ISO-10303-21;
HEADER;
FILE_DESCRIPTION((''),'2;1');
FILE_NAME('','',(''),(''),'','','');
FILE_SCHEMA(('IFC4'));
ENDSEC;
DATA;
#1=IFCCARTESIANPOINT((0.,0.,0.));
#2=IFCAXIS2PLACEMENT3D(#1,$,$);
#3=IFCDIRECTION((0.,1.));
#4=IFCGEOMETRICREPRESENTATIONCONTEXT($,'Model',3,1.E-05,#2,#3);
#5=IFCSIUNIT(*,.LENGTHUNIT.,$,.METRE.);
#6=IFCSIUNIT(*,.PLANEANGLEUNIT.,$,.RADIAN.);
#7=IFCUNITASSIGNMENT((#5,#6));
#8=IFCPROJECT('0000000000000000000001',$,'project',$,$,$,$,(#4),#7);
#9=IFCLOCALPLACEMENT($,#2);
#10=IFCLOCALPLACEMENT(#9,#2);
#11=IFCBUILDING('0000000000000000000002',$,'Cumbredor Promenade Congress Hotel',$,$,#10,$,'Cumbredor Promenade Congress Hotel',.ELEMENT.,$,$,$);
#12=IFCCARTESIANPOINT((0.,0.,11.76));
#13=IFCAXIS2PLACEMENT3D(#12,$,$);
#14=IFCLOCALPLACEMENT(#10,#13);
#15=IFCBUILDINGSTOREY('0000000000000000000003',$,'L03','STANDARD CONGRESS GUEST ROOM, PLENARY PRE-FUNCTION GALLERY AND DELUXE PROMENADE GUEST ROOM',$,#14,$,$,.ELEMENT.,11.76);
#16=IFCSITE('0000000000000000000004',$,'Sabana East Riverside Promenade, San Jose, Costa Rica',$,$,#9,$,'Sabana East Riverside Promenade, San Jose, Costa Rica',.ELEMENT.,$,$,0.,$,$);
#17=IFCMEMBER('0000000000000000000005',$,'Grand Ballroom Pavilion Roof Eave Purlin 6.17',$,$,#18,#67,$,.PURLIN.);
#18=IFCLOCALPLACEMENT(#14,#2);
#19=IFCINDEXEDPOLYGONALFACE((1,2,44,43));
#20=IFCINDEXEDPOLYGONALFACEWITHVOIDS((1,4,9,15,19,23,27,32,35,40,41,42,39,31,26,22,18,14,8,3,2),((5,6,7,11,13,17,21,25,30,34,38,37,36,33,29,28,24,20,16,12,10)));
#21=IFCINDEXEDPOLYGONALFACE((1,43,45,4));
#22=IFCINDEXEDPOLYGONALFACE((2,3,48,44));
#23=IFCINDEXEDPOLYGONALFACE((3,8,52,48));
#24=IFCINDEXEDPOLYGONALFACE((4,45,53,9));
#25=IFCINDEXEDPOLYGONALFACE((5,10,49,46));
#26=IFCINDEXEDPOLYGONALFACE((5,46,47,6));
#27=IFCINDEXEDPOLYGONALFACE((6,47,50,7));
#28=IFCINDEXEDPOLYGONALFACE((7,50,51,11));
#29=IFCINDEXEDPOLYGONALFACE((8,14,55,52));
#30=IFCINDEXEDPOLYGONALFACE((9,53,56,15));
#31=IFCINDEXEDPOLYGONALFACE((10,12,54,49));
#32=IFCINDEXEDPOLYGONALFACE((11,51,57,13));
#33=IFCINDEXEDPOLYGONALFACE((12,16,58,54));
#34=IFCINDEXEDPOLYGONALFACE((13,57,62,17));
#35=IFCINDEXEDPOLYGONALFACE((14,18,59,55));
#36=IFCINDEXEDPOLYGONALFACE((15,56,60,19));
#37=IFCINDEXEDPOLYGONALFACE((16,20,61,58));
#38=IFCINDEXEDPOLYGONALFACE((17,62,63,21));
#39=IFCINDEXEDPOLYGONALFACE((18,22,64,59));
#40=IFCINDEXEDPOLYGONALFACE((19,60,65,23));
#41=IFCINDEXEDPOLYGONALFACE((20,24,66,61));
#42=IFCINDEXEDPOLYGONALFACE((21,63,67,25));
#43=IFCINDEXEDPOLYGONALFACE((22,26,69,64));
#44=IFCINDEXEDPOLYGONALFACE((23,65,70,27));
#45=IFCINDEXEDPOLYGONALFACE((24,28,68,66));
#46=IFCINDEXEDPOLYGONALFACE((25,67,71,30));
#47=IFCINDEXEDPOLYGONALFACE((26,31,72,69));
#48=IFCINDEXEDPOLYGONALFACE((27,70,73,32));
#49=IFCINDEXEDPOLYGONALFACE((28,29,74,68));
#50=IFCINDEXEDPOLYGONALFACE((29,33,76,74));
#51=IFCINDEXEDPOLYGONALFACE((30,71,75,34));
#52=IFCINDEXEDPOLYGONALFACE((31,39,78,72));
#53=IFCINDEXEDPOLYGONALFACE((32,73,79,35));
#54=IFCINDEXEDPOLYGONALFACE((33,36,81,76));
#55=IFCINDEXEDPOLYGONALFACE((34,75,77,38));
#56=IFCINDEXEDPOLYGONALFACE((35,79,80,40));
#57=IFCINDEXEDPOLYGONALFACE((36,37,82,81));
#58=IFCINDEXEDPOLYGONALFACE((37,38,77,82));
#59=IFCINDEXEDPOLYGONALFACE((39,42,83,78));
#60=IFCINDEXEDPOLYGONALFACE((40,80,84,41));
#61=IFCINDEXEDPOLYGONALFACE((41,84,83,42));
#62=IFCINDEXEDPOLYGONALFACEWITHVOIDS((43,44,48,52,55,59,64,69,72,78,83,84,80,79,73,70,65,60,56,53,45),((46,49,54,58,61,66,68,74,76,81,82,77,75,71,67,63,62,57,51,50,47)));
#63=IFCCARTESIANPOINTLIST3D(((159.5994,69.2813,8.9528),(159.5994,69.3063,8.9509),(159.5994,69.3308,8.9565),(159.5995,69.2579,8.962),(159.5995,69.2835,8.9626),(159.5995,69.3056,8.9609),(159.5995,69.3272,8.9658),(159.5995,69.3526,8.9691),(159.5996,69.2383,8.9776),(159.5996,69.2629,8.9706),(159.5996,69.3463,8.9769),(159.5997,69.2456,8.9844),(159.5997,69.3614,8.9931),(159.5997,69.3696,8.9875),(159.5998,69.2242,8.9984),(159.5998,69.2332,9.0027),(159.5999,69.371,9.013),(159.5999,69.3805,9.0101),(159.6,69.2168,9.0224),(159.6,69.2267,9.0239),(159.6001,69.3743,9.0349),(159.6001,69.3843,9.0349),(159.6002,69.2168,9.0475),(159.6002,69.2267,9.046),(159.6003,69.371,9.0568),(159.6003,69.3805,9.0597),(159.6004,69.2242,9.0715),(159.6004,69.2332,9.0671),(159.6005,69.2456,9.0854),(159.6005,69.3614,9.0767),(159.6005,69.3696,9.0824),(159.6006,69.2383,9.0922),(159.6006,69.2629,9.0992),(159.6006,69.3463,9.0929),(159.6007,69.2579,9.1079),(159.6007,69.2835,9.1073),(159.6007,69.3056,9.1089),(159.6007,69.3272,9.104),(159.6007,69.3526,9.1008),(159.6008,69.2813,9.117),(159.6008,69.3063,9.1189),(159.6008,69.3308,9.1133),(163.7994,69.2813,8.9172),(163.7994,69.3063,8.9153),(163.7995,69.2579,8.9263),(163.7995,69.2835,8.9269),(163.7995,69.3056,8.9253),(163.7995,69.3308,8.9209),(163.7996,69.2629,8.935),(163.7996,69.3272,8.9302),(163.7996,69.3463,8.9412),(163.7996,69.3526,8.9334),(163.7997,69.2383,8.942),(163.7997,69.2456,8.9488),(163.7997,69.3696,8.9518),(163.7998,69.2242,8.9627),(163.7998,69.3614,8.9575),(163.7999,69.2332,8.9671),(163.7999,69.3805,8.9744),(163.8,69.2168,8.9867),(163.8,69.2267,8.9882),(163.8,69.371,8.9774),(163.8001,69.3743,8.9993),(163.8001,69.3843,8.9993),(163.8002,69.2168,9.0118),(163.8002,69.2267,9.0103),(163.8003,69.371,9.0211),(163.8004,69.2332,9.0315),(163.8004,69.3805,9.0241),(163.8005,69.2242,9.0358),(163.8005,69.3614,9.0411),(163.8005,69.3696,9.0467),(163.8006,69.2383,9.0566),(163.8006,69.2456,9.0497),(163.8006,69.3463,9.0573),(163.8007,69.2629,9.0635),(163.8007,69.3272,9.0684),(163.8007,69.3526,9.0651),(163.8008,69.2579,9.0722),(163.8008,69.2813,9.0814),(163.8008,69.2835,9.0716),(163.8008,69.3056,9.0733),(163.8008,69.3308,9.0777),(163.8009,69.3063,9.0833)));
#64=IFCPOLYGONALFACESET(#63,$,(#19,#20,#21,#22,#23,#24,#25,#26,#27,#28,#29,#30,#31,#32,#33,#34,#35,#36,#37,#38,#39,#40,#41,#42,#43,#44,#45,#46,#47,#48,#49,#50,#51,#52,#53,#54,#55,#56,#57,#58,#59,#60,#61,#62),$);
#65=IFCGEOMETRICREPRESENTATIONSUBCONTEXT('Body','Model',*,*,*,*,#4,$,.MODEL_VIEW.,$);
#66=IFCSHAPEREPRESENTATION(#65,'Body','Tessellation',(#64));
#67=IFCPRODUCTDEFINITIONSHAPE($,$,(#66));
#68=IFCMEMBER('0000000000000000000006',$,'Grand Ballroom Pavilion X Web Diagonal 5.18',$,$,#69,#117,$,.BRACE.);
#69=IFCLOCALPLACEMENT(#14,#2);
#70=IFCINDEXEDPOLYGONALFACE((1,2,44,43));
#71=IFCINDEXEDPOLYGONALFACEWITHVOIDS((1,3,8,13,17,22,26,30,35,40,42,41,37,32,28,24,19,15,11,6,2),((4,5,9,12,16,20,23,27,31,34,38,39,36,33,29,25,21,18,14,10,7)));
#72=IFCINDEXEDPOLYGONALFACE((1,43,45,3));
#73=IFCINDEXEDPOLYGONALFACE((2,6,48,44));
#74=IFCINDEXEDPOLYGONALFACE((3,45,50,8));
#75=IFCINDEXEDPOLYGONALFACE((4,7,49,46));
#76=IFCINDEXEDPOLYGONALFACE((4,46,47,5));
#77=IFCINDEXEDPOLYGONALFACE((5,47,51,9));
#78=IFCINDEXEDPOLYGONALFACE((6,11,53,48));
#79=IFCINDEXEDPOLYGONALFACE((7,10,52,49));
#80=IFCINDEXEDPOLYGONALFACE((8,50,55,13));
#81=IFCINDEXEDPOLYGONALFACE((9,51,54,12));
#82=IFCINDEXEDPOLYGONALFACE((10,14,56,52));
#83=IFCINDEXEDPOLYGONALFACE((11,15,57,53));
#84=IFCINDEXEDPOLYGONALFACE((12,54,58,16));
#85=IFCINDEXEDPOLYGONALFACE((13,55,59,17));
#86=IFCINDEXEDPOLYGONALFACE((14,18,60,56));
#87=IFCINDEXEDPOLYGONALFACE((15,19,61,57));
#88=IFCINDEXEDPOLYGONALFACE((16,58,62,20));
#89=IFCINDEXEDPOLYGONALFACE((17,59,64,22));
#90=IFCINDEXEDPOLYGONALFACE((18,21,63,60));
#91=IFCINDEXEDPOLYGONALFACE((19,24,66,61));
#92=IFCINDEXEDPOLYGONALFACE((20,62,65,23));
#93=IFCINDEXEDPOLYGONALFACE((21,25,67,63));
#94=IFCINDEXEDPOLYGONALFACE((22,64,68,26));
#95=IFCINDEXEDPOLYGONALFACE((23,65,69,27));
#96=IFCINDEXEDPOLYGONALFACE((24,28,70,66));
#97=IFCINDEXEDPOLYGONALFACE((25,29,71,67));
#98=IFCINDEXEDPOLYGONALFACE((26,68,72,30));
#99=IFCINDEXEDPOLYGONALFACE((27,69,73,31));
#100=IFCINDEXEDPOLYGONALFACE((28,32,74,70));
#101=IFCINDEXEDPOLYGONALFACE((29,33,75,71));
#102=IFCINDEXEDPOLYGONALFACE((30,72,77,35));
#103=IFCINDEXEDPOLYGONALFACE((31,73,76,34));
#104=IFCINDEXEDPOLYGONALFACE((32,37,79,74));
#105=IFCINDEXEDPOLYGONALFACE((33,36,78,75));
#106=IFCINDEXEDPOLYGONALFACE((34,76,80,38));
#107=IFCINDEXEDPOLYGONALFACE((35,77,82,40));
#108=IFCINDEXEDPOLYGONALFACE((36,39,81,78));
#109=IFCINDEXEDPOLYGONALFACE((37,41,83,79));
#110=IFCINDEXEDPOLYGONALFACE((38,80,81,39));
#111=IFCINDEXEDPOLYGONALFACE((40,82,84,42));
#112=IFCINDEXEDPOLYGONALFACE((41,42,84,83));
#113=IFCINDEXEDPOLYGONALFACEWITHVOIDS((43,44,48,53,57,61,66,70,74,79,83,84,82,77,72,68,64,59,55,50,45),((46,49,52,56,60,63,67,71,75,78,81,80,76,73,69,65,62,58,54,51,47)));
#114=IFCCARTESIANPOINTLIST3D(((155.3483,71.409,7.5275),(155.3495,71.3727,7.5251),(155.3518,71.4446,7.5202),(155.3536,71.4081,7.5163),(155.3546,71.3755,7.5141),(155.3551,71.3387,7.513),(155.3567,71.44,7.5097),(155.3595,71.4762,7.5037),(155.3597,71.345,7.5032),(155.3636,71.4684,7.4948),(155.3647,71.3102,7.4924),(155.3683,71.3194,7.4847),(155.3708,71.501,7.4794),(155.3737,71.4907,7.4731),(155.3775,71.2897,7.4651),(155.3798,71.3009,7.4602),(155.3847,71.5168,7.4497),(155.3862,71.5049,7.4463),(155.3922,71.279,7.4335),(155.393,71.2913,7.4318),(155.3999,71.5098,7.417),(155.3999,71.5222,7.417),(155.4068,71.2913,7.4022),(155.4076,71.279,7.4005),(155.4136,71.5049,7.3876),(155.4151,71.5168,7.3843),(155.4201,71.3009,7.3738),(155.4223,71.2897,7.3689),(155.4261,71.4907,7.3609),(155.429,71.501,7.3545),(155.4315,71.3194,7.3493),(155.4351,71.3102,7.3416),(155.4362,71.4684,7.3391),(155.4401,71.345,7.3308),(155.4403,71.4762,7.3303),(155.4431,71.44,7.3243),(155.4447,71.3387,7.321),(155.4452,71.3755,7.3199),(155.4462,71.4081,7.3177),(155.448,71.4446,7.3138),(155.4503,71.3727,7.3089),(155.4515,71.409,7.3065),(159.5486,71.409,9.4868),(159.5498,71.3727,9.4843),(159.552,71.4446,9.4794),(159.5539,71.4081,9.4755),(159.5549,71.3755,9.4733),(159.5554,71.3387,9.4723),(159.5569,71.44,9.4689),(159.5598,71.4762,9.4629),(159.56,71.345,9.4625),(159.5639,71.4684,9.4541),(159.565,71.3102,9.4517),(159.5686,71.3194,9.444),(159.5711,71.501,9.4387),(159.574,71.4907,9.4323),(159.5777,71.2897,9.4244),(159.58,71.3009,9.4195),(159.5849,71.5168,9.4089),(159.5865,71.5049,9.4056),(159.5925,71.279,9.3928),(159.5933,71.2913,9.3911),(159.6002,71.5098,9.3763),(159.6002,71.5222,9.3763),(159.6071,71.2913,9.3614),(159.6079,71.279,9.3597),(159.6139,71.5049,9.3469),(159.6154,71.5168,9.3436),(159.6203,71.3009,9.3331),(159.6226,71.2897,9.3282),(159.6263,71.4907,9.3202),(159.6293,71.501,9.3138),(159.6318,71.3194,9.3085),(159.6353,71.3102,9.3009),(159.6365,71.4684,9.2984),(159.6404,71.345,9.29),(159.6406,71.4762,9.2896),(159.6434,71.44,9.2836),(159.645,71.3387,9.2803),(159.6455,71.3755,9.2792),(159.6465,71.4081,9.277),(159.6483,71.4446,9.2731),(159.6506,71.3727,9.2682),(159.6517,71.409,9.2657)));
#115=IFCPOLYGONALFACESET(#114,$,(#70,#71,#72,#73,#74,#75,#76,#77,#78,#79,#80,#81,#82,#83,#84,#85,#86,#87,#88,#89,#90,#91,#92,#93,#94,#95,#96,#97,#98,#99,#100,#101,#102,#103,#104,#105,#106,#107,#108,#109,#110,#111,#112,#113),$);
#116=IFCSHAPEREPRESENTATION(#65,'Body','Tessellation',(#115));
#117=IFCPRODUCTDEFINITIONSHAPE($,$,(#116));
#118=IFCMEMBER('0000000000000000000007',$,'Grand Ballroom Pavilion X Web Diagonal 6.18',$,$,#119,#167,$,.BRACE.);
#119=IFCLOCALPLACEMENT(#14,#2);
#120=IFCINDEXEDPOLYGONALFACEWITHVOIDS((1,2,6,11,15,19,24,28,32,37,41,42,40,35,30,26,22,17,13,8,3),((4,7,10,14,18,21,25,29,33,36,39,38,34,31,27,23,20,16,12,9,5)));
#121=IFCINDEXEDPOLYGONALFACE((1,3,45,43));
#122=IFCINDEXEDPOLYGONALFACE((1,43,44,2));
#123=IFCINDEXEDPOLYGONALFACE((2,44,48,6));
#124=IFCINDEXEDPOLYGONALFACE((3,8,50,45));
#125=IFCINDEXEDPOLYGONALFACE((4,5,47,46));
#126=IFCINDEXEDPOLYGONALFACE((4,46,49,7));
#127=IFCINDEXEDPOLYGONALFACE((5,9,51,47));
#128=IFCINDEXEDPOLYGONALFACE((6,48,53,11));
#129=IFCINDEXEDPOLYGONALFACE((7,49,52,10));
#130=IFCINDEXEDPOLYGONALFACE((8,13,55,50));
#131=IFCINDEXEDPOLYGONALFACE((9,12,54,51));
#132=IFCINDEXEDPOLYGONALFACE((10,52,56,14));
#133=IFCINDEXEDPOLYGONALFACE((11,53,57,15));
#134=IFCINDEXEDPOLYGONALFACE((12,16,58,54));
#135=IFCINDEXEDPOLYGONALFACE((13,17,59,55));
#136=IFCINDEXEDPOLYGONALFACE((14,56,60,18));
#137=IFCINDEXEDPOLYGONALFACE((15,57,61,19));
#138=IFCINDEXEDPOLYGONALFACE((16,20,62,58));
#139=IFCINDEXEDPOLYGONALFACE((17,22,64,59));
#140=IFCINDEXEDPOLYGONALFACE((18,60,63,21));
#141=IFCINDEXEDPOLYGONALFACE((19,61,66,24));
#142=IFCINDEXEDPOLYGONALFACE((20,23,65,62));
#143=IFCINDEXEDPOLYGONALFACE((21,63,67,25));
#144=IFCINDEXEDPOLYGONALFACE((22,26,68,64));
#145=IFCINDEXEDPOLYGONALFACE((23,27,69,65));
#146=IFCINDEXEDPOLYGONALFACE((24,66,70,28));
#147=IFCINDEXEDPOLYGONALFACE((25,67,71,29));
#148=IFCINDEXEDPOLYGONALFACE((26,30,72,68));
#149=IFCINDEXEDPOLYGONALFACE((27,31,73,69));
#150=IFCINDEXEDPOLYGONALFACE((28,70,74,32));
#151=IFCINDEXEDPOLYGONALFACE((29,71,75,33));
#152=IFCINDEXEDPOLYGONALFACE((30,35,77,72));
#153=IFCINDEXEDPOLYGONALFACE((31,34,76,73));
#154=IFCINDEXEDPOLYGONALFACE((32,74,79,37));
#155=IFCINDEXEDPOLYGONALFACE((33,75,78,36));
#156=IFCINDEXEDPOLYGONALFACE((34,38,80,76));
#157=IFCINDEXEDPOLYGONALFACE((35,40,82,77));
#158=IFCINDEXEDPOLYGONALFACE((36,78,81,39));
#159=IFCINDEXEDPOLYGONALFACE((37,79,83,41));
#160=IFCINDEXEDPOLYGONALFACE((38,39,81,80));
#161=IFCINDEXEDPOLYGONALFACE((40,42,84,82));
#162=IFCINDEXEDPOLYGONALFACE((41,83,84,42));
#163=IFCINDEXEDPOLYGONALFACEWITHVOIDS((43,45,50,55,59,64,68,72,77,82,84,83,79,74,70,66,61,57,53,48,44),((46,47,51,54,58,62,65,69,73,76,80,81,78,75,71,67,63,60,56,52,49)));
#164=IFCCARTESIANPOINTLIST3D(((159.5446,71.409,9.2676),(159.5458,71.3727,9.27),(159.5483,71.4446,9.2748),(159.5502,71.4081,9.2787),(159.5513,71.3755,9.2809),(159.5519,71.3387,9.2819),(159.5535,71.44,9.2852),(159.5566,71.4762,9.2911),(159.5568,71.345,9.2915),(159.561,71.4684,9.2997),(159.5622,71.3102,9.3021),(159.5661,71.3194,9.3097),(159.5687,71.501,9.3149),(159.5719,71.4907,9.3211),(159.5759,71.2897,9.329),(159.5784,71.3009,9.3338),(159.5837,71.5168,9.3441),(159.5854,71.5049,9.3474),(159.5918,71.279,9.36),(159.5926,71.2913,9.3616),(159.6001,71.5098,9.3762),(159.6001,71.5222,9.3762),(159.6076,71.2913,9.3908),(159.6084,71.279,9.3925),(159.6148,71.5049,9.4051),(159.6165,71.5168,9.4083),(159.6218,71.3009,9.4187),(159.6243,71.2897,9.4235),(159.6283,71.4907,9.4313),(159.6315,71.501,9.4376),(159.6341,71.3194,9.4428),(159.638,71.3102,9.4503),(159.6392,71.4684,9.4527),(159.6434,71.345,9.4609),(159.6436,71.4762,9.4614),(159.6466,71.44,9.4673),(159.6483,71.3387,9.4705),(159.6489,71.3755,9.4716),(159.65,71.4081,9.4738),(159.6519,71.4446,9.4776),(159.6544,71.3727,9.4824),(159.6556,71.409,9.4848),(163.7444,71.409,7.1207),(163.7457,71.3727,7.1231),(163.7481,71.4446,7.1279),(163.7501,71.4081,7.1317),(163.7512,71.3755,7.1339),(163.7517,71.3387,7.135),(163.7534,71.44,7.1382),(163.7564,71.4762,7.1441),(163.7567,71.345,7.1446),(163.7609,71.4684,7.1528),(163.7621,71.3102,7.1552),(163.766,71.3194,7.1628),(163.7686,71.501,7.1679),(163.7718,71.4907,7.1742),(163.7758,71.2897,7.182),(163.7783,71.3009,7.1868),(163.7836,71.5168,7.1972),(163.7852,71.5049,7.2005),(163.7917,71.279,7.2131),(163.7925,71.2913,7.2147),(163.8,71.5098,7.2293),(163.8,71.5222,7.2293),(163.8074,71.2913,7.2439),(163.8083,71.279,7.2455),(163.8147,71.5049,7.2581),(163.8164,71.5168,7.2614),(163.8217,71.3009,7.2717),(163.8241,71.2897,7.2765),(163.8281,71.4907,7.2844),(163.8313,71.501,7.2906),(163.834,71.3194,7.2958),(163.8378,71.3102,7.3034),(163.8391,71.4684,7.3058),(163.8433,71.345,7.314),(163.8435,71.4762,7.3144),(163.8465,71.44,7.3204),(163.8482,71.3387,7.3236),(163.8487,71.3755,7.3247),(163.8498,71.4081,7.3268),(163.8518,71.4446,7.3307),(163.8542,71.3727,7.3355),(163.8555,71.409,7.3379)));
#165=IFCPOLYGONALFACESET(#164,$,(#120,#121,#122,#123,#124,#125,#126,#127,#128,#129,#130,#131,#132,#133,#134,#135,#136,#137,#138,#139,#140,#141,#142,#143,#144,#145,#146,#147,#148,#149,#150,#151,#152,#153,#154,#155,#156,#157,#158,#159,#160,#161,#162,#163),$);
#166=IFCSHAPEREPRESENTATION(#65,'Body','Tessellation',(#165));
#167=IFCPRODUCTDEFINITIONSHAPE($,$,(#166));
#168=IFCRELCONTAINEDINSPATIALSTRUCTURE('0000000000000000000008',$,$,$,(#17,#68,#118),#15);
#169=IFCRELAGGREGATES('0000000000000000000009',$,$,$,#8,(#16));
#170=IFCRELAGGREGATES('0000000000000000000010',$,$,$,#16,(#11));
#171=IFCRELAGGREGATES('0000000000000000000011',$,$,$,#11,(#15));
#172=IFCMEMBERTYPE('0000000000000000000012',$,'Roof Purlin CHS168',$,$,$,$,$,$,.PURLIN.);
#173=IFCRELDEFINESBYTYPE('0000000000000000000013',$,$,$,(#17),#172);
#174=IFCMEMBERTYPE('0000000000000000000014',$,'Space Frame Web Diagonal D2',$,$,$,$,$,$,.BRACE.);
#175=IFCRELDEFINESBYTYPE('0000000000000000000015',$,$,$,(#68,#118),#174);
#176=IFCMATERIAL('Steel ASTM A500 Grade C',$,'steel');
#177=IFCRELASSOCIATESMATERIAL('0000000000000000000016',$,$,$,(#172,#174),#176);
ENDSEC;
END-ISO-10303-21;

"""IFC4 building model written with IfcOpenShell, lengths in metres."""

from ifc_helpers import new_model, si_unit, direction, frame, origin, origin_2d, place, context, subcontext, project, spatial, hollow_circle, extrude, material, material_profile, profile_set, type_object, element, save


model = new_model("IFC4")

# Units and contexts
model_context = context("Model", 3, precision=1e-05, world=origin(), true_north=direction((0.0, 1.0)))
body_context = subcontext(model_context, "Body", "Model", "MODEL_VIEW")
ifc_project = project(units=[si_unit("LENGTHUNIT", "METRE"), si_unit("PLANEANGLEUNIT", "RADIAN")], contexts=[model_context])

# Site, building, storey
site_placement = place(None, origin())
site = spatial("IfcSite", under=ifc_project, at=site_placement, Name="Sabana East Riverside Promenade, San Jose, Costa Rica", LongName="Sabana East Riverside Promenade, San Jose, Costa Rica", CompositionType="ELEMENT", RefElevation=0.0)
building_placement = place(site_placement, origin())
building = spatial("IfcBuilding", under=site, at=building_placement, Name="Cumbredor Promenade Congress Hotel", LongName="Cumbredor Promenade Congress Hotel", CompositionType="ELEMENT")
storey_placement = place(building_placement, frame((0.0, 0.0, 11.76)))
storey = spatial("IfcBuildingStorey", under=building, at=storey_placement, Name="L03", Description="STANDARD CONGRESS GUEST ROOM, PLENARY PRE-FUNCTION GALLERY AND DELUXE PROMENADE GUEST ROOM", CompositionType="ELEMENT", Elevation=11.76)

# Shared definitions
ifc_material_1 = material(Name="Steel ASTM A500 Grade C", Category="steel")

# Members
ifc_material_profile_1 = material_profile(ifc_material_1, hollow_circle(Radius=0.0842, WallThickness=0.01, at=origin_2d()), Name="CHS 168.3x10")
ifc_profile_set_1 = profile_set([ifc_material_profile_1], Name="Steel ASTM A500 Grade C")
member_type_1 = type_object("IfcMemberType", Name="Roof Purlin CHS168", PredefinedType="PURLIN", material=ifc_profile_set_1)
member_1_placement = place(storey_placement, frame((159.6001, 69.3, 9.0349), z_axis=(0.999964, 0.0, -0.008487), x_axis=(0.0, 1.0, 0.0)))
element("IfcMember", 1, at=member_1_placement, inside=storey, type_object=member_type_1, Name="Grand Ballroom Pavilion Roof Eave Purlin 6.17", PredefinedType="PURLIN", context=body_context, shape_type="SweptSolid", body=[
    extrude(hollow_circle(Radius=0.0842, WallThickness=0.01, at=origin_2d()), origin(), (0.0, 0.0, 1.0), 4.2002),
])
ifc_material_profile_2 = material_profile(ifc_material_1, hollow_circle(Radius=0.1223, WallThickness=0.0125, at=origin_2d()), Name="CHS 244.5x12.5")
ifc_profile_set_2 = profile_set([ifc_material_profile_2], Name="Steel ASTM A500 Grade C")
member_type_2 = type_object("IfcMemberType", Name="Space Frame Web Diagonal D2", PredefinedType="BRACE", material=ifc_profile_set_2)
member_2_placement = place(storey_placement, frame((155.3999, 71.3999, 7.417), z_axis=(0.906254, 0.0, 0.422733), x_axis=(0.0, 1.0, 0.0)))
element("IfcMember", 2, at=member_2_placement, inside=storey, type_object=member_type_2, Name="Grand Ballroom Pavilion X Web Diagonal 5.18", PredefinedType="BRACE", context=body_context, shape_type="SweptSolid", body=[
    extrude(hollow_circle(Radius=0.1223, WallThickness=0.0125, at=origin_2d()), origin(), (0.0, 0.0, 1.0), 4.6348),
])
member_3_placement = place(storey_placement, frame((159.6001, 71.3999, 9.3762), z_axis=(0.890406, 0.0, -0.455167), x_axis=(0.0, 1.0, 0.0)))
element("IfcMember", 3, at=member_3_placement, inside=storey, type_object=member_type_2, Name="Grand Ballroom Pavilion X Web Diagonal 6.18", PredefinedType="BRACE", context=body_context, shape_type="SweptSolid", body=[
    extrude(hollow_circle(Radius=0.1223, WallThickness=0.0125, at=origin_2d()), origin(), (0.0, 0.0, 1.0), 4.7168),
])

save(model, "model.ifc")
